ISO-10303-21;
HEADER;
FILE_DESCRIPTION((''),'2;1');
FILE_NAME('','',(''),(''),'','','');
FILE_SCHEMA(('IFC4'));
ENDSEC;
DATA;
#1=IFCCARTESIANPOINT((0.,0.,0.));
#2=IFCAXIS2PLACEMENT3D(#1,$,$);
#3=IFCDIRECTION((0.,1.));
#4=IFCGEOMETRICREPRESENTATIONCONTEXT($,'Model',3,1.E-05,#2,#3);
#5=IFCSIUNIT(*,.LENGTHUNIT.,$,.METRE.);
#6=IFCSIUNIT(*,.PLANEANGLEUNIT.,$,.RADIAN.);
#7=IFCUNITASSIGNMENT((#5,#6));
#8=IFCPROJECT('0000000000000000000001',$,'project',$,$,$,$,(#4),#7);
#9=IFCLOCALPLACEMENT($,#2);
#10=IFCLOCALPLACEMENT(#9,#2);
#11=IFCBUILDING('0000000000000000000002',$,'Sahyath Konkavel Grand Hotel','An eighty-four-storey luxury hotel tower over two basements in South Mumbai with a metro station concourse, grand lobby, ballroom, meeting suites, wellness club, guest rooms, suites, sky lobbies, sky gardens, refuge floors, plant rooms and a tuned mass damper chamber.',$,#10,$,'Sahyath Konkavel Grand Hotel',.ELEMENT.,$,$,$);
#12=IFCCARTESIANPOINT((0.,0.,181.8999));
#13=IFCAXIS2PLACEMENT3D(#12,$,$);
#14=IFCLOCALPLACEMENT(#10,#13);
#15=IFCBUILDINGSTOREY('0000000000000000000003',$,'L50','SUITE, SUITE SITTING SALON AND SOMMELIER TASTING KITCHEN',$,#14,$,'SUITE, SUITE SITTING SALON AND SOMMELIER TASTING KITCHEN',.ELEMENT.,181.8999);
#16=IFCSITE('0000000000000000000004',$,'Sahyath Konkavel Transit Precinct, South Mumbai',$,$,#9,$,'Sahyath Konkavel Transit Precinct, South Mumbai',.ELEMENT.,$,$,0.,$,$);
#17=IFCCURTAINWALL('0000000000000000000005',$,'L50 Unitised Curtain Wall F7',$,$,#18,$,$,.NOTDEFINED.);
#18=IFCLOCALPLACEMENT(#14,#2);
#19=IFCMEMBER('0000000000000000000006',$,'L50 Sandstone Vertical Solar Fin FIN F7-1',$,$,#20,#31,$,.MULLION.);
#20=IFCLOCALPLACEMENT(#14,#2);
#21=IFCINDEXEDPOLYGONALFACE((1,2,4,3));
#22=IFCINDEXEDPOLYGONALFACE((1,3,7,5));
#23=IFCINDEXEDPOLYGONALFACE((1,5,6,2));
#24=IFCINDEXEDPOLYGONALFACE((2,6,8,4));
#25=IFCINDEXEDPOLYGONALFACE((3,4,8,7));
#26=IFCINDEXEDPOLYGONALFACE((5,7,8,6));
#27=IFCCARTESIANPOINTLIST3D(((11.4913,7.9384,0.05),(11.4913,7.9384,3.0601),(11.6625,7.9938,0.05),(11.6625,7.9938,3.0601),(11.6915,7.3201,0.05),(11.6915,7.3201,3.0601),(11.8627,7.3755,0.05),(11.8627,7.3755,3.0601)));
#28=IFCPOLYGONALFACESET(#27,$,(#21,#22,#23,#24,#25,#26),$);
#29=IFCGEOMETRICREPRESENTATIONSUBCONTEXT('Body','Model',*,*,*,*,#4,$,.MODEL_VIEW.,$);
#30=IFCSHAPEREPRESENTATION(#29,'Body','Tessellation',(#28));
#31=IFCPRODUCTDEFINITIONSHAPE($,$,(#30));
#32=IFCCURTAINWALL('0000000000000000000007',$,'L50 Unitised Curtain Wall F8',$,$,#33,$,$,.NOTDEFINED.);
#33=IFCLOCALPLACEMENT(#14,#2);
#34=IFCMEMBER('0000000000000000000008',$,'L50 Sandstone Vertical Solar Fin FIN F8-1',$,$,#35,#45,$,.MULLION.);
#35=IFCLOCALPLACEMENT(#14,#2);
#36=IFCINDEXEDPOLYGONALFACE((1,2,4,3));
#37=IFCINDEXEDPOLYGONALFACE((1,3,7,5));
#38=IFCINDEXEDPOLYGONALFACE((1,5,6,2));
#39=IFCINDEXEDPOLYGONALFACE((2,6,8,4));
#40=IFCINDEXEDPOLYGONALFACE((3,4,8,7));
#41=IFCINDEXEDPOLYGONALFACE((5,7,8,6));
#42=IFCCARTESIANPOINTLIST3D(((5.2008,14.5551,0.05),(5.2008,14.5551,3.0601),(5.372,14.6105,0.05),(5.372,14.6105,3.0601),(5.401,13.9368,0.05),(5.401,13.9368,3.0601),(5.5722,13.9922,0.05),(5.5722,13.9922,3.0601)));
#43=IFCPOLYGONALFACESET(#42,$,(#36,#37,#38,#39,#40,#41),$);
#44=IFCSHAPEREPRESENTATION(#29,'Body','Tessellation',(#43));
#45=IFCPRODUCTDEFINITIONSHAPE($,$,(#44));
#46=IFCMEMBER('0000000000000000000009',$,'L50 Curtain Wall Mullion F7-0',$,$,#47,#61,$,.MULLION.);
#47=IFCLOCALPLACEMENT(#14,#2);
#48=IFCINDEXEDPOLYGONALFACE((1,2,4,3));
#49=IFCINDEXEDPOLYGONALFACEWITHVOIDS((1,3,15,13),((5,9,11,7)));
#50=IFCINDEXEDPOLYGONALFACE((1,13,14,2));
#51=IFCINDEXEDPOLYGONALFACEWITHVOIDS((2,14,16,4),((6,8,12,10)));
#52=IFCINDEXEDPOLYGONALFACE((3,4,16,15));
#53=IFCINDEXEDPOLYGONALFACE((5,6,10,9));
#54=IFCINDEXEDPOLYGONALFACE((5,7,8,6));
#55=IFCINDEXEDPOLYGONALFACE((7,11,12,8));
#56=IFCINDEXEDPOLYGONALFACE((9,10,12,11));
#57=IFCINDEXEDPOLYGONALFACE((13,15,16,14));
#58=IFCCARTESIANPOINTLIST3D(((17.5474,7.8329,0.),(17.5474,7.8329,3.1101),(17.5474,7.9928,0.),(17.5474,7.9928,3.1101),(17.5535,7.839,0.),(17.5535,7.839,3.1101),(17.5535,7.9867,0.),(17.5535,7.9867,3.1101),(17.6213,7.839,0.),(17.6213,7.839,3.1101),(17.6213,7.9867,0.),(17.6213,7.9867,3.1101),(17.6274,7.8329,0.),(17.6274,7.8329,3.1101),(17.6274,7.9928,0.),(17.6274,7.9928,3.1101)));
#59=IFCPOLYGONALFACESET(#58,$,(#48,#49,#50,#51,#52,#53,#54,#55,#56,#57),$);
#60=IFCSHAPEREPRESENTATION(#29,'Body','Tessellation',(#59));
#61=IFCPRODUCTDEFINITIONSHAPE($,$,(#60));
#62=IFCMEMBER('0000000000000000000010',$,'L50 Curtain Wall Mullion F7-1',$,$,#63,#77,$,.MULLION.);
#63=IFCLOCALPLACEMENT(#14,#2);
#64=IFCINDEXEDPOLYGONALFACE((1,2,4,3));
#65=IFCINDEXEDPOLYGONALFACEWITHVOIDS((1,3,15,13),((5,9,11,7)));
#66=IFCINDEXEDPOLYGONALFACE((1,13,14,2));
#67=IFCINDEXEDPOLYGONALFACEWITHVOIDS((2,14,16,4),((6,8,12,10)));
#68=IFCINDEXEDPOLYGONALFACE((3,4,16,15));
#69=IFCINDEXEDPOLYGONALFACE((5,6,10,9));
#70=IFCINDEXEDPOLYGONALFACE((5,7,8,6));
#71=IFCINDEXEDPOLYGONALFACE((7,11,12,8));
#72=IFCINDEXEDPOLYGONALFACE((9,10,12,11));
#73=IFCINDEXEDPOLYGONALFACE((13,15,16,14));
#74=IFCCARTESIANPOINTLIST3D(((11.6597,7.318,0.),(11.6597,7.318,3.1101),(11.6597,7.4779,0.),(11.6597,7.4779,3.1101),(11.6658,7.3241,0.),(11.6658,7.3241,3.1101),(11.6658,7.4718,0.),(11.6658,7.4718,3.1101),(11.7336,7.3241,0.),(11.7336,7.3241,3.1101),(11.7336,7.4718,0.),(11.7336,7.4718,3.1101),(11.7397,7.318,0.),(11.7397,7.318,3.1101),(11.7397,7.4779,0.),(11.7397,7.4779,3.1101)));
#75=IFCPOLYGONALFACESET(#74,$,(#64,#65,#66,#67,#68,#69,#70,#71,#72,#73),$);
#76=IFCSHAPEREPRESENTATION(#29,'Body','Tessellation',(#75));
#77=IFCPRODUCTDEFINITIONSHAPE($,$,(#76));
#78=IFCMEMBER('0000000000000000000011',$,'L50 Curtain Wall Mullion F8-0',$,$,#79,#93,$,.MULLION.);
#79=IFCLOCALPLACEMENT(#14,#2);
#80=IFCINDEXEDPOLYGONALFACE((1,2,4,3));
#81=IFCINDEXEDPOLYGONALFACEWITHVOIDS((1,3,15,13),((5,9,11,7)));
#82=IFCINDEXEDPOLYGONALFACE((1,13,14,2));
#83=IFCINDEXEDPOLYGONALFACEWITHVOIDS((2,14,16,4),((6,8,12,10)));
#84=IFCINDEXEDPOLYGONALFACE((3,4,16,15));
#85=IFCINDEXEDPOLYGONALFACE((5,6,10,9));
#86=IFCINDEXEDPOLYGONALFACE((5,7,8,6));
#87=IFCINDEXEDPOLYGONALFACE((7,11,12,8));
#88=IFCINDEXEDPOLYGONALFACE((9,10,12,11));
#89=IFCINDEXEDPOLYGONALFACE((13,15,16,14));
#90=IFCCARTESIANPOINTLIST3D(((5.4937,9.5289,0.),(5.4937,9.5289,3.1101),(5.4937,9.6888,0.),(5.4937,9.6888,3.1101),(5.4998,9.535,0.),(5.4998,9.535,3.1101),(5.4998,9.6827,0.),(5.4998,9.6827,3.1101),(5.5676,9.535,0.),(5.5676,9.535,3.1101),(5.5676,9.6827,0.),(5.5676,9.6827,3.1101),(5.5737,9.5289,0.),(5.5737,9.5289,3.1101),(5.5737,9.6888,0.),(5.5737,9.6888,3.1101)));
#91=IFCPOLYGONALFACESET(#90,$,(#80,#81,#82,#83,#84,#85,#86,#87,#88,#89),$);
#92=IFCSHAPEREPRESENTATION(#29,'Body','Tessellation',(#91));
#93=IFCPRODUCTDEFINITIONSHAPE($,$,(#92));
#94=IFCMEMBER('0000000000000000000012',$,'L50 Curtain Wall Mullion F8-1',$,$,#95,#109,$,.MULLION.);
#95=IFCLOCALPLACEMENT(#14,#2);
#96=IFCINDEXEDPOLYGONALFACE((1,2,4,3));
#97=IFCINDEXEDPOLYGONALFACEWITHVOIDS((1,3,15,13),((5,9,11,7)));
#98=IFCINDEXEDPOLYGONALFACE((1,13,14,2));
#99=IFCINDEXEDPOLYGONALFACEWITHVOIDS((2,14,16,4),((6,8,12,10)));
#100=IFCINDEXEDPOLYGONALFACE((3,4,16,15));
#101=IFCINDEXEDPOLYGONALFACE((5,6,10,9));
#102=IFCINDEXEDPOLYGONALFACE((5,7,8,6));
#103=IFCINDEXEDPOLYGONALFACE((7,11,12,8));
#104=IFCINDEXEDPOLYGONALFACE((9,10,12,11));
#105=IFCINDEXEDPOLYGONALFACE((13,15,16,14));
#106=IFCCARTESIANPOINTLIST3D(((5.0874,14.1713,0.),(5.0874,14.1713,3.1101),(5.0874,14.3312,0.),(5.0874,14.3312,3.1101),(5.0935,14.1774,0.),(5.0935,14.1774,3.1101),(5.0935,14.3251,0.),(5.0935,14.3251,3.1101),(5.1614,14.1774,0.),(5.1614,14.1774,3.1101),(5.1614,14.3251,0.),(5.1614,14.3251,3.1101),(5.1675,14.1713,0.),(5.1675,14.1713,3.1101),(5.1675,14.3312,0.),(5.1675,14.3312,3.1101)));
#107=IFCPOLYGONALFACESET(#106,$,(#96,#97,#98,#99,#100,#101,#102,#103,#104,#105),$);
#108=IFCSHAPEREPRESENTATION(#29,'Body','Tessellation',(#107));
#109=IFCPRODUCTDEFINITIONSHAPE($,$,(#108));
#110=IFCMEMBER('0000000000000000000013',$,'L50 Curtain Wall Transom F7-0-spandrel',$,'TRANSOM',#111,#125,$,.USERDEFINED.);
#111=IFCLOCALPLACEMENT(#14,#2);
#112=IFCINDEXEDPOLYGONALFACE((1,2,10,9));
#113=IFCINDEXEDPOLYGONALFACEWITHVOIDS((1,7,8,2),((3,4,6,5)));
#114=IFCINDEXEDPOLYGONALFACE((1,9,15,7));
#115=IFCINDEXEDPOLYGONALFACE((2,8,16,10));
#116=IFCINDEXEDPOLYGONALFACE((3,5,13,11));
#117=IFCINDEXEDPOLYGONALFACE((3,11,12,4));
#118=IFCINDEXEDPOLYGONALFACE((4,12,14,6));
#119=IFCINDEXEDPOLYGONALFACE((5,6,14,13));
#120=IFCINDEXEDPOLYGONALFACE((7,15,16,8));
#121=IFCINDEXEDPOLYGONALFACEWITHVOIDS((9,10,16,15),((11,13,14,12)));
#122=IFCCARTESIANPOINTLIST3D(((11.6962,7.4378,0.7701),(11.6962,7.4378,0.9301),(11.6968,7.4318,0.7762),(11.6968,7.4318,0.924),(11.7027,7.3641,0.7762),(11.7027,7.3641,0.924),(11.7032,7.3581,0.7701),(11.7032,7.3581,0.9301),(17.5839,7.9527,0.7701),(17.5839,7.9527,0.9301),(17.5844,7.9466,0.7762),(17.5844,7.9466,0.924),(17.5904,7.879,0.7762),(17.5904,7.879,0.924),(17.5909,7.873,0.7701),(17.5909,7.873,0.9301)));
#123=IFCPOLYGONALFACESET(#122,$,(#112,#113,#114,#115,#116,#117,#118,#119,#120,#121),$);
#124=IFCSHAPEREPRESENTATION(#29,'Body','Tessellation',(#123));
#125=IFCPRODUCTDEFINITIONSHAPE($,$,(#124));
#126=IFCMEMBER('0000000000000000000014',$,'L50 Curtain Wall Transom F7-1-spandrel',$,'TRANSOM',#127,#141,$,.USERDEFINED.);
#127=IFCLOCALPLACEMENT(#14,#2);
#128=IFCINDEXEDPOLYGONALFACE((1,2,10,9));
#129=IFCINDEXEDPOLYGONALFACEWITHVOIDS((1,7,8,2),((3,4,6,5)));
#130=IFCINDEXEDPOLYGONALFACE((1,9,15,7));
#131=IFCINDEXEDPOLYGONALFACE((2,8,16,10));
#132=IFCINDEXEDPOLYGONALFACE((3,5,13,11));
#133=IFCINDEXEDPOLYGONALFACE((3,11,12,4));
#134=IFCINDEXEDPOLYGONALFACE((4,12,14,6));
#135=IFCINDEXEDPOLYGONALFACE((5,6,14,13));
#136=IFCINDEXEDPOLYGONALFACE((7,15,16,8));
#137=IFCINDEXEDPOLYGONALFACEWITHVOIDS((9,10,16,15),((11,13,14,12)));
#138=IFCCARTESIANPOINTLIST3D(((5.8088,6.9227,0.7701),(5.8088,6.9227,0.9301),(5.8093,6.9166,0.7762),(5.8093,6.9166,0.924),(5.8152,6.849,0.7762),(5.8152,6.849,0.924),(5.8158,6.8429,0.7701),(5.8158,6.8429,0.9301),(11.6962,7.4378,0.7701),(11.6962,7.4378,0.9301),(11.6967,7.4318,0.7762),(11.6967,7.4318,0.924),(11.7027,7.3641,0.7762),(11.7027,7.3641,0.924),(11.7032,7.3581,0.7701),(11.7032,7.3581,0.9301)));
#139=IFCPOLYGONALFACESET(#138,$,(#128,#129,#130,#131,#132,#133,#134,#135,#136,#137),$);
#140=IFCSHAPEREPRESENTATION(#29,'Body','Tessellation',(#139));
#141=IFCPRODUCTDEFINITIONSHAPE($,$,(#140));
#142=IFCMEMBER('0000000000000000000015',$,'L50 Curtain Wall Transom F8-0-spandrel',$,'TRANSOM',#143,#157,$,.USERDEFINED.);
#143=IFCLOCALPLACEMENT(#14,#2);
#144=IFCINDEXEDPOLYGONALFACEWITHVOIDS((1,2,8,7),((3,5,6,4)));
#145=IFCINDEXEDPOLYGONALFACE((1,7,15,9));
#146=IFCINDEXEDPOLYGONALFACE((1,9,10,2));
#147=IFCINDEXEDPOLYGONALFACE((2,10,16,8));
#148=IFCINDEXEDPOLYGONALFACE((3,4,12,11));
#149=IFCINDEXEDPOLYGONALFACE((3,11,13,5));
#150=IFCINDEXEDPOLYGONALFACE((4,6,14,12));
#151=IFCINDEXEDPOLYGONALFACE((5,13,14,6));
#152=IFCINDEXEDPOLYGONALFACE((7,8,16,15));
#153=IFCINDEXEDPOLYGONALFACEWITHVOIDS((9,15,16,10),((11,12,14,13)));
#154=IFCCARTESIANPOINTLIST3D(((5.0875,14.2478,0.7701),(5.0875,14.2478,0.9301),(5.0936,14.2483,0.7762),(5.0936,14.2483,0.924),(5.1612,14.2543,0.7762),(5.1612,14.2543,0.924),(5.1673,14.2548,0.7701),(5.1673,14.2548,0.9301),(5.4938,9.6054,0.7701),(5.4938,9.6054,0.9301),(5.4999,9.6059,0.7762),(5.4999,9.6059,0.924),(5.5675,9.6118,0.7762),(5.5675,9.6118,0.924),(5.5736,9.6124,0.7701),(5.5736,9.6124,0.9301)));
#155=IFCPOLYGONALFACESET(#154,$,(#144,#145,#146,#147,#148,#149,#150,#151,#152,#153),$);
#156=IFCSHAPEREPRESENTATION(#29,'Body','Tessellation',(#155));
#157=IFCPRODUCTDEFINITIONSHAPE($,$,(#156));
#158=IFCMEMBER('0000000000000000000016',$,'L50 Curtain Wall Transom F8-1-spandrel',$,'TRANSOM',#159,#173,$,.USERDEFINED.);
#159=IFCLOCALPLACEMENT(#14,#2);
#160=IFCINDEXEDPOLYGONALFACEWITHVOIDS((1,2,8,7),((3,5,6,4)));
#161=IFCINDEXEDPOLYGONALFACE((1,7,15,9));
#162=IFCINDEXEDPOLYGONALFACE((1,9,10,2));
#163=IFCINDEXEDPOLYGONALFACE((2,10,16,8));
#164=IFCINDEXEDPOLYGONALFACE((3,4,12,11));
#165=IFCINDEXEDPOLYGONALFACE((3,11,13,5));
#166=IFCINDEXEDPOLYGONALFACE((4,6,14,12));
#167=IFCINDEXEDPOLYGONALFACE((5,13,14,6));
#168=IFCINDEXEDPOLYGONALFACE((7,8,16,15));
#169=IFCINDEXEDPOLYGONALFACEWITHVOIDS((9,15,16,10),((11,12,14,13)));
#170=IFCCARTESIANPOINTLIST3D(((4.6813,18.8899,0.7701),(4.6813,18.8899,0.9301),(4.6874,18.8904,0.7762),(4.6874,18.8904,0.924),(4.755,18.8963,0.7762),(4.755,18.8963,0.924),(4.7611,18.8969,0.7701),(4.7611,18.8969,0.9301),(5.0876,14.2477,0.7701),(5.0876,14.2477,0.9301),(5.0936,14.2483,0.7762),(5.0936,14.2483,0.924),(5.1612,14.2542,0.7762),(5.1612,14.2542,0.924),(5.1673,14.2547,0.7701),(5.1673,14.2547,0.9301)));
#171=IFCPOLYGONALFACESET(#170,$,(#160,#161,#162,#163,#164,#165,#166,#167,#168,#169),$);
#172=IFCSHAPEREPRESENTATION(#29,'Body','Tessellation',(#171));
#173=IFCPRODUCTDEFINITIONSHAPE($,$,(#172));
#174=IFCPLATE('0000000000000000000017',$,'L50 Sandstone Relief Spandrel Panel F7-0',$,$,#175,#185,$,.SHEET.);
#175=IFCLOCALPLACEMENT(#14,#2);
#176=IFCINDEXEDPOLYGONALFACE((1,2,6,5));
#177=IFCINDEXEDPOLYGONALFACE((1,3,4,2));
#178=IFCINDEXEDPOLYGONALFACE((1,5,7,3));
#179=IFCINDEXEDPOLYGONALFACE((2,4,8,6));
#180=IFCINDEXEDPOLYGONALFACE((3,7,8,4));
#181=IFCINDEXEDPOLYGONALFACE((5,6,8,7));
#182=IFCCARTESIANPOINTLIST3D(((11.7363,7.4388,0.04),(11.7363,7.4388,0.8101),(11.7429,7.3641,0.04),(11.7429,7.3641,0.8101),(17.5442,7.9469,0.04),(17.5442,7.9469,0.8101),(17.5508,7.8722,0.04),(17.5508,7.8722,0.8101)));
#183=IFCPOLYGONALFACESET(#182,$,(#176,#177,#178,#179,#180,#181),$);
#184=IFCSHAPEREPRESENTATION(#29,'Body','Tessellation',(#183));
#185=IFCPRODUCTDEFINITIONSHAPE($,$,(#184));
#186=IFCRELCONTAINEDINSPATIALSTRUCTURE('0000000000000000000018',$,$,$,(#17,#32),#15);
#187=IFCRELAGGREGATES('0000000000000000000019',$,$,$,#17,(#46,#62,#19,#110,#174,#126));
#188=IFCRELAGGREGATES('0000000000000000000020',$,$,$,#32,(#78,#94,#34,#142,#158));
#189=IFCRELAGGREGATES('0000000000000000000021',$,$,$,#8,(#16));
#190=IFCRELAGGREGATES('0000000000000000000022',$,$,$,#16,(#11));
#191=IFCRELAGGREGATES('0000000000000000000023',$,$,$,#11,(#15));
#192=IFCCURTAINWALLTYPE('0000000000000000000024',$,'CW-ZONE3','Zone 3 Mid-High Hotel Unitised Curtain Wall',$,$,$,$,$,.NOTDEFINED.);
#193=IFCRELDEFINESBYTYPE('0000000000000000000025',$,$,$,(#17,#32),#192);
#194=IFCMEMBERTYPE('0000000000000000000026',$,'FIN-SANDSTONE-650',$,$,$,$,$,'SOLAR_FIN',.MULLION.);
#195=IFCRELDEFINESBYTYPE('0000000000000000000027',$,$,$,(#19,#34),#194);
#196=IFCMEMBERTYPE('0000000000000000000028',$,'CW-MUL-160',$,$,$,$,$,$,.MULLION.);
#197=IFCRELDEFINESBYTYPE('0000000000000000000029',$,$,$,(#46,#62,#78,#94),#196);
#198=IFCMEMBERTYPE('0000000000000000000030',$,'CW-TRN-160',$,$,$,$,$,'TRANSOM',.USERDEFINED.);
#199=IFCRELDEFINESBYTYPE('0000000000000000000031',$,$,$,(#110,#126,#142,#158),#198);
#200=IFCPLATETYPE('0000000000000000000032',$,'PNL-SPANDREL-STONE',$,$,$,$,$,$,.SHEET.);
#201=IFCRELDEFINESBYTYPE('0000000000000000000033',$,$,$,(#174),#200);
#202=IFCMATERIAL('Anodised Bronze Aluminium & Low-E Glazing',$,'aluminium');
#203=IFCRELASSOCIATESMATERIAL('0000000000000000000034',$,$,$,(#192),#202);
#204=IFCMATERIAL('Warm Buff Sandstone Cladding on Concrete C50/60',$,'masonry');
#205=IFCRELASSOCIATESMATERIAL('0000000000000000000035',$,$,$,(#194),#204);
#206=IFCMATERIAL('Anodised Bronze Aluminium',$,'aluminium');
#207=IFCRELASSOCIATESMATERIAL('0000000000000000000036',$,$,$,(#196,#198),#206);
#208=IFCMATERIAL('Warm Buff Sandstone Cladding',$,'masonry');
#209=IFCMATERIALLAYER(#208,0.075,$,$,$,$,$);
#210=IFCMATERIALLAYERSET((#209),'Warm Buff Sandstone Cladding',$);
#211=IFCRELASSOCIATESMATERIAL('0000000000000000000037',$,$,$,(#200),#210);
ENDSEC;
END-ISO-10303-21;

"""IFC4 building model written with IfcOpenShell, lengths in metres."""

from ifc_helpers import new_model, si_unit, direction, frame, origin, origin_2d, place, context, subcontext, project, spatial, rectangle, hollow_rectangle, extrude, source, transform, mapped, material, layer, layer_set, material_profile, profile_set, type_object, element, aggregate, save


model = new_model("IFC4")

# Units and contexts
model_context = context("Model", 3, precision=1e-05, world=origin(), true_north=direction((0.0, 1.0)))
body_context = subcontext(model_context, "Body", "Model", "MODEL_VIEW")
ifc_project = project(units=[si_unit("LENGTHUNIT", "METRE"), si_unit("PLANEANGLEUNIT", "RADIAN")], contexts=[model_context])

# Site, building, storey
site_placement = place(None, origin())
site = spatial("IfcSite", under=ifc_project, at=site_placement, Name="Sahyath Konkavel Transit Precinct, South Mumbai", LongName="Sahyath Konkavel Transit Precinct, South Mumbai", CompositionType="ELEMENT", RefElevation=0.0)
building_placement = place(site_placement, origin())
building = spatial("IfcBuilding", under=site, at=building_placement, Name="Sahyath Konkavel Grand Hotel", Description="An eighty-four-storey luxury hotel tower over two basements in South Mumbai with a metro station concourse, grand lobby, ballroom, meeting suites, wellness club, guest rooms, suites, sky lobbies, sky gardens, refuge floors, plant rooms and a tuned mass damper chamber.", LongName="Sahyath Konkavel Grand Hotel", CompositionType="ELEMENT")
storey_placement = place(building_placement, frame((0.0, 0.0, 181.8999)))
storey = spatial("IfcBuildingStorey", under=building, at=storey_placement, Name="L50", Description="SUITE, SUITE SITTING SALON AND SOMMELIER TASTING KITCHEN", LongName="SUITE, SUITE SITTING SALON AND SOMMELIER TASTING KITCHEN", CompositionType="ELEMENT", Elevation=181.8999)

# Curtain walls, members
ifc_material_1 = material(Name="Anodised Bronze Aluminium & Low-E Glazing", Category="aluminium")
curtain_wall_type = type_object("IfcCurtainWallType", Name="CW-ZONE3", Description="Zone 3 Mid-High Hotel Unitised Curtain Wall", PredefinedType="NOTDEFINED", material=ifc_material_1)
curtain_wall_1_placement = place(storey_placement, origin())
curtain_wall_1 = element("IfcCurtainWall", 1, at=curtain_wall_1_placement, inside=storey, type_object=curtain_wall_type, Name="L50 Unitised Curtain Wall F7", PredefinedType="NOTDEFINED")
ifc_material_2 = material(Name="Warm Buff Sandstone Cladding on Concrete C50/60", Category="masonry")
ifc_material_profile_1 = material_profile(ifc_material_2, rectangle(XDim=0.1799, YDim=0.6499, at=origin_2d()), Name="FIN 180x650")
ifc_profile_set_1 = profile_set([ifc_material_profile_1], Name="Warm Buff Sandstone Cladding on Concrete C50/60")
member_type_1 = type_object("IfcMemberType", Name="FIN-SANDSTONE-650", ElementType="SOLAR_FIN", PredefinedType="MULLION", material=ifc_profile_set_1)
shared_shape_1 = source(origin(), body_context, "Body", "SweptSolid", [
    extrude(rectangle(XDim=0.1799, YDim=0.6499, at=origin_2d()), origin(), (0.0, 0.0, 1.0), 3.01),
])
member_1_placement = place(storey_placement, frame((11.677, 7.657, 0.05), z_axis=(0.0, 0.0, 1.0), x_axis=(0.95138, 0.308021, 0.0)))
member_1 = element("IfcMember", 2, at=member_1_placement, type_object=member_type_1, Name="L50 Sandstone Vertical Solar Fin FIN F7-1", PredefinedType="MULLION", context=body_context, shape_type="MappedRepresentation", body=[
    mapped(shared_shape_1, transform((0.0, 0.0, 0.0), scale=1.0)),
])
curtain_wall_2_placement = place(storey_placement, origin())
curtain_wall_2 = element("IfcCurtainWall", 3, at=curtain_wall_2_placement, inside=storey, type_object=curtain_wall_type, Name="L50 Unitised Curtain Wall F8", PredefinedType="NOTDEFINED")
member_2_placement = place(storey_placement, frame((5.3865, 14.2737, 0.05), z_axis=(0.0, 0.0, 1.0), x_axis=(0.95138, 0.308021, 0.0)))
member_2 = element("IfcMember", 4, at=member_2_placement, type_object=member_type_1, Name="L50 Sandstone Vertical Solar Fin FIN F8-1", PredefinedType="MULLION", context=body_context, shape_type="MappedRepresentation", body=[
    mapped(shared_shape_1, transform((0.0, 0.0, 0.0), scale=1.0)),
])

# Members
ifc_material_3 = material(Name="Anodised Bronze Aluminium", Category="aluminium")
ifc_material_profile_2 = material_profile(ifc_material_3, hollow_rectangle(XDim=0.0801, YDim=0.1599, WallThickness=0.0061, at=origin_2d()), Name="RHS 160x80x6")
ifc_profile_set_2 = profile_set([ifc_material_profile_2], Name="Anodised Bronze Aluminium")
member_type_2 = type_object("IfcMemberType", Name="CW-MUL-160", PredefinedType="MULLION", material=ifc_profile_set_2)
shared_shape_2 = source(origin(), body_context, "Body", "SweptSolid", [
    extrude(hollow_rectangle(XDim=0.0801, YDim=0.1599, WallThickness=0.0061, at=origin_2d()), origin(), (0.0, 0.0, 1.0), 3.1101),
])
member_3_placement = place(storey_placement, frame((17.5874, 7.9128, 0.0), z_axis=(0.0, 0.0, 1.0), x_axis=(1.0, 0.0, 0.0)))
member_3 = element("IfcMember", 5, at=member_3_placement, type_object=member_type_2, Name="L50 Curtain Wall Mullion F7-0", PredefinedType="MULLION", context=body_context, shape_type="MappedRepresentation", body=[
    mapped(shared_shape_2, transform((0.0, 0.0, 0.0), scale=1.0)),
])
member_4_placement = place(storey_placement, frame((11.6997, 7.3979, 0.0), z_axis=(0.0, 0.0, 1.0), x_axis=(1.0, 0.0, 0.0)))
member_4 = element("IfcMember", 6, at=member_4_placement, type_object=member_type_2, Name="L50 Curtain Wall Mullion F7-1", PredefinedType="MULLION", context=body_context, shape_type="MappedRepresentation", body=[
    mapped(shared_shape_2, transform((0.0, 0.0, 0.0), scale=1.0)),
])
member_5_placement = place(storey_placement, frame((5.5337, 9.6089, 0.0), z_axis=(0.0, 0.0, 1.0), x_axis=(1.0, 0.0, 0.0)))
member_5 = element("IfcMember", 7, at=member_5_placement, type_object=member_type_2, Name="L50 Curtain Wall Mullion F8-0", PredefinedType="MULLION", context=body_context, shape_type="MappedRepresentation", body=[
    mapped(shared_shape_2, transform((0.0, 0.0, 0.0), scale=1.0)),
])
member_6_placement = place(storey_placement, frame((5.1274, 14.2512, 0.0), z_axis=(0.0, 0.0, 1.0), x_axis=(1.0, 0.0, 0.0)))
member_6 = element("IfcMember", 8, at=member_6_placement, type_object=member_type_2, Name="L50 Curtain Wall Mullion F8-1", PredefinedType="MULLION", context=body_context, shape_type="MappedRepresentation", body=[
    mapped(shared_shape_2, transform((0.0, 0.0, 0.0), scale=1.0)),
])
ifc_material_profile_3 = material_profile(ifc_material_3, hollow_rectangle(XDim=0.0801, YDim=0.1599, WallThickness=0.0061, at=origin_2d()), Name="RHS 160x80x6")
ifc_profile_set_3 = profile_set([ifc_material_profile_3], Name="Anodised Bronze Aluminium")
member_type_3 = type_object("IfcMemberType", Name="CW-TRN-160", ElementType="TRANSOM", PredefinedType="USERDEFINED", material=ifc_profile_set_3)
shared_shape_3 = source(origin(), body_context, "Body", "SweptSolid", [
    extrude(hollow_rectangle(XDim=0.0801, YDim=0.1599, WallThickness=0.0061, at=origin_2d()), origin(), (0.0, 0.0, 1.0), 5.9102),
])
member_7_placement = place(storey_placement, frame((17.5874, 7.9128, 0.8501), z_axis=(-0.996198, -0.08712, 0.0), x_axis=(0.08712, -0.996198, 0.0)))
member_7 = element("IfcMember", 9, at=member_7_placement, type_object=member_type_3, Name="L50 Curtain Wall Transom F7-0-spandrel", ObjectType="TRANSOM", PredefinedType="USERDEFINED", context=body_context, shape_type="MappedRepresentation", body=[
    mapped(shared_shape_3, transform((0.0, 0.0, 0.0), scale=1.0)),
])
shared_shape_4 = source(origin(), body_context, "Body", "SweptSolid", [
    extrude(hollow_rectangle(XDim=0.0801, YDim=0.1599, WallThickness=0.0061, at=origin_2d()), origin(), (0.0, 0.0, 1.0), 5.9099),
])
member_8_placement = place(storey_placement, frame((11.6997, 7.3979, 0.8501), z_axis=(-0.996194, -0.087164, 0.0), x_axis=(0.087164, -0.996194, 0.0)))
member_8 = element("IfcMember", 10, at=member_8_placement, type_object=member_type_3, Name="L50 Curtain Wall Transom F7-1-spandrel", ObjectType="TRANSOM", PredefinedType="USERDEFINED", context=body_context, shape_type="MappedRepresentation", body=[
    mapped(shared_shape_4, transform((0.0, 0.0, 0.0), scale=1.0)),
])
shared_shape_5 = source(origin(), body_context, "Body", "SweptSolid", [
    extrude(hollow_rectangle(XDim=0.0801, YDim=0.1599, WallThickness=0.0061, at=origin_2d()), origin(), (0.0, 0.0, 1.0), 4.6602),
])
member_9_placement = place(storey_placement, frame((5.5337, 9.6089, 0.8501), z_axis=(-0.087177, 0.996193, 0.0), x_axis=(-0.996193, -0.087177, 0.0)))
member_9 = element("IfcMember", 11, at=member_9_placement, type_object=member_type_3, Name="L50 Curtain Wall Transom F8-0-spandrel", ObjectType="TRANSOM", PredefinedType="USERDEFINED", context=body_context, shape_type="MappedRepresentation", body=[
    mapped(shared_shape_5, transform((0.0, 0.0, 0.0), scale=1.0)),
])
shared_shape_6 = source(origin(), body_context, "Body", "SweptSolid", [
    extrude(hollow_rectangle(XDim=0.0801, YDim=0.1599, WallThickness=0.0061, at=origin_2d()), origin(), (0.0, 0.0, 1.0), 4.6599),
])
member_10_placement = place(storey_placement, frame((5.1274, 14.2512, 0.8501), z_axis=(-0.087181, 0.996192, 0.0), x_axis=(-0.996192, -0.087181, 0.0)))
member_10 = element("IfcMember", 12, at=member_10_placement, type_object=member_type_3, Name="L50 Curtain Wall Transom F8-1-spandrel", ObjectType="TRANSOM", PredefinedType="USERDEFINED", context=body_context, shape_type="MappedRepresentation", body=[
    mapped(shared_shape_6, transform((0.0, 0.0, 0.0), scale=1.0)),
])

# Plate
ifc_material_4 = material(Name="Warm Buff Sandstone Cladding", Category="masonry")
ifc_layer_1 = layer(ifc_material_4, 0.075)
ifc_layer_set_1 = layer_set([ifc_layer_1], Name="Warm Buff Sandstone Cladding")
plate_type_1 = type_object("IfcPlateType", Name="PNL-SPANDREL-STONE", PredefinedType="SHEET", material=ifc_layer_set_1)
shared_shape_7 = source(origin(), body_context, "Body", "SweptSolid", [
    extrude(rectangle(XDim=5.8301, YDim=0.075, at=origin_2d()), origin(), (0.0, 0.0, 1.0), 0.77),
])
plate_1_placement = place(storey_placement, frame((14.6436, 7.6555, 0.04), z_axis=(0.0, 0.0, 1.0), x_axis=(-0.996195, -0.087156, 0.0)))
plate_1 = element("IfcPlate", 13, at=plate_1_placement, type_object=plate_type_1, Name="L50 Sandstone Relief Spandrel Panel F7-0", PredefinedType="SHEET", context=body_context, shape_type="MappedRepresentation", body=[
    mapped(shared_shape_7, transform((0.0, 0.0, 0.0), scale=1.0)),
])
aggregate(curtain_wall_1, [member_3, member_4, member_1, member_7, plate_1, member_8])
aggregate(curtain_wall_2, [member_5, member_6, member_2, member_9, member_10])

save(model, "model.ifc")
